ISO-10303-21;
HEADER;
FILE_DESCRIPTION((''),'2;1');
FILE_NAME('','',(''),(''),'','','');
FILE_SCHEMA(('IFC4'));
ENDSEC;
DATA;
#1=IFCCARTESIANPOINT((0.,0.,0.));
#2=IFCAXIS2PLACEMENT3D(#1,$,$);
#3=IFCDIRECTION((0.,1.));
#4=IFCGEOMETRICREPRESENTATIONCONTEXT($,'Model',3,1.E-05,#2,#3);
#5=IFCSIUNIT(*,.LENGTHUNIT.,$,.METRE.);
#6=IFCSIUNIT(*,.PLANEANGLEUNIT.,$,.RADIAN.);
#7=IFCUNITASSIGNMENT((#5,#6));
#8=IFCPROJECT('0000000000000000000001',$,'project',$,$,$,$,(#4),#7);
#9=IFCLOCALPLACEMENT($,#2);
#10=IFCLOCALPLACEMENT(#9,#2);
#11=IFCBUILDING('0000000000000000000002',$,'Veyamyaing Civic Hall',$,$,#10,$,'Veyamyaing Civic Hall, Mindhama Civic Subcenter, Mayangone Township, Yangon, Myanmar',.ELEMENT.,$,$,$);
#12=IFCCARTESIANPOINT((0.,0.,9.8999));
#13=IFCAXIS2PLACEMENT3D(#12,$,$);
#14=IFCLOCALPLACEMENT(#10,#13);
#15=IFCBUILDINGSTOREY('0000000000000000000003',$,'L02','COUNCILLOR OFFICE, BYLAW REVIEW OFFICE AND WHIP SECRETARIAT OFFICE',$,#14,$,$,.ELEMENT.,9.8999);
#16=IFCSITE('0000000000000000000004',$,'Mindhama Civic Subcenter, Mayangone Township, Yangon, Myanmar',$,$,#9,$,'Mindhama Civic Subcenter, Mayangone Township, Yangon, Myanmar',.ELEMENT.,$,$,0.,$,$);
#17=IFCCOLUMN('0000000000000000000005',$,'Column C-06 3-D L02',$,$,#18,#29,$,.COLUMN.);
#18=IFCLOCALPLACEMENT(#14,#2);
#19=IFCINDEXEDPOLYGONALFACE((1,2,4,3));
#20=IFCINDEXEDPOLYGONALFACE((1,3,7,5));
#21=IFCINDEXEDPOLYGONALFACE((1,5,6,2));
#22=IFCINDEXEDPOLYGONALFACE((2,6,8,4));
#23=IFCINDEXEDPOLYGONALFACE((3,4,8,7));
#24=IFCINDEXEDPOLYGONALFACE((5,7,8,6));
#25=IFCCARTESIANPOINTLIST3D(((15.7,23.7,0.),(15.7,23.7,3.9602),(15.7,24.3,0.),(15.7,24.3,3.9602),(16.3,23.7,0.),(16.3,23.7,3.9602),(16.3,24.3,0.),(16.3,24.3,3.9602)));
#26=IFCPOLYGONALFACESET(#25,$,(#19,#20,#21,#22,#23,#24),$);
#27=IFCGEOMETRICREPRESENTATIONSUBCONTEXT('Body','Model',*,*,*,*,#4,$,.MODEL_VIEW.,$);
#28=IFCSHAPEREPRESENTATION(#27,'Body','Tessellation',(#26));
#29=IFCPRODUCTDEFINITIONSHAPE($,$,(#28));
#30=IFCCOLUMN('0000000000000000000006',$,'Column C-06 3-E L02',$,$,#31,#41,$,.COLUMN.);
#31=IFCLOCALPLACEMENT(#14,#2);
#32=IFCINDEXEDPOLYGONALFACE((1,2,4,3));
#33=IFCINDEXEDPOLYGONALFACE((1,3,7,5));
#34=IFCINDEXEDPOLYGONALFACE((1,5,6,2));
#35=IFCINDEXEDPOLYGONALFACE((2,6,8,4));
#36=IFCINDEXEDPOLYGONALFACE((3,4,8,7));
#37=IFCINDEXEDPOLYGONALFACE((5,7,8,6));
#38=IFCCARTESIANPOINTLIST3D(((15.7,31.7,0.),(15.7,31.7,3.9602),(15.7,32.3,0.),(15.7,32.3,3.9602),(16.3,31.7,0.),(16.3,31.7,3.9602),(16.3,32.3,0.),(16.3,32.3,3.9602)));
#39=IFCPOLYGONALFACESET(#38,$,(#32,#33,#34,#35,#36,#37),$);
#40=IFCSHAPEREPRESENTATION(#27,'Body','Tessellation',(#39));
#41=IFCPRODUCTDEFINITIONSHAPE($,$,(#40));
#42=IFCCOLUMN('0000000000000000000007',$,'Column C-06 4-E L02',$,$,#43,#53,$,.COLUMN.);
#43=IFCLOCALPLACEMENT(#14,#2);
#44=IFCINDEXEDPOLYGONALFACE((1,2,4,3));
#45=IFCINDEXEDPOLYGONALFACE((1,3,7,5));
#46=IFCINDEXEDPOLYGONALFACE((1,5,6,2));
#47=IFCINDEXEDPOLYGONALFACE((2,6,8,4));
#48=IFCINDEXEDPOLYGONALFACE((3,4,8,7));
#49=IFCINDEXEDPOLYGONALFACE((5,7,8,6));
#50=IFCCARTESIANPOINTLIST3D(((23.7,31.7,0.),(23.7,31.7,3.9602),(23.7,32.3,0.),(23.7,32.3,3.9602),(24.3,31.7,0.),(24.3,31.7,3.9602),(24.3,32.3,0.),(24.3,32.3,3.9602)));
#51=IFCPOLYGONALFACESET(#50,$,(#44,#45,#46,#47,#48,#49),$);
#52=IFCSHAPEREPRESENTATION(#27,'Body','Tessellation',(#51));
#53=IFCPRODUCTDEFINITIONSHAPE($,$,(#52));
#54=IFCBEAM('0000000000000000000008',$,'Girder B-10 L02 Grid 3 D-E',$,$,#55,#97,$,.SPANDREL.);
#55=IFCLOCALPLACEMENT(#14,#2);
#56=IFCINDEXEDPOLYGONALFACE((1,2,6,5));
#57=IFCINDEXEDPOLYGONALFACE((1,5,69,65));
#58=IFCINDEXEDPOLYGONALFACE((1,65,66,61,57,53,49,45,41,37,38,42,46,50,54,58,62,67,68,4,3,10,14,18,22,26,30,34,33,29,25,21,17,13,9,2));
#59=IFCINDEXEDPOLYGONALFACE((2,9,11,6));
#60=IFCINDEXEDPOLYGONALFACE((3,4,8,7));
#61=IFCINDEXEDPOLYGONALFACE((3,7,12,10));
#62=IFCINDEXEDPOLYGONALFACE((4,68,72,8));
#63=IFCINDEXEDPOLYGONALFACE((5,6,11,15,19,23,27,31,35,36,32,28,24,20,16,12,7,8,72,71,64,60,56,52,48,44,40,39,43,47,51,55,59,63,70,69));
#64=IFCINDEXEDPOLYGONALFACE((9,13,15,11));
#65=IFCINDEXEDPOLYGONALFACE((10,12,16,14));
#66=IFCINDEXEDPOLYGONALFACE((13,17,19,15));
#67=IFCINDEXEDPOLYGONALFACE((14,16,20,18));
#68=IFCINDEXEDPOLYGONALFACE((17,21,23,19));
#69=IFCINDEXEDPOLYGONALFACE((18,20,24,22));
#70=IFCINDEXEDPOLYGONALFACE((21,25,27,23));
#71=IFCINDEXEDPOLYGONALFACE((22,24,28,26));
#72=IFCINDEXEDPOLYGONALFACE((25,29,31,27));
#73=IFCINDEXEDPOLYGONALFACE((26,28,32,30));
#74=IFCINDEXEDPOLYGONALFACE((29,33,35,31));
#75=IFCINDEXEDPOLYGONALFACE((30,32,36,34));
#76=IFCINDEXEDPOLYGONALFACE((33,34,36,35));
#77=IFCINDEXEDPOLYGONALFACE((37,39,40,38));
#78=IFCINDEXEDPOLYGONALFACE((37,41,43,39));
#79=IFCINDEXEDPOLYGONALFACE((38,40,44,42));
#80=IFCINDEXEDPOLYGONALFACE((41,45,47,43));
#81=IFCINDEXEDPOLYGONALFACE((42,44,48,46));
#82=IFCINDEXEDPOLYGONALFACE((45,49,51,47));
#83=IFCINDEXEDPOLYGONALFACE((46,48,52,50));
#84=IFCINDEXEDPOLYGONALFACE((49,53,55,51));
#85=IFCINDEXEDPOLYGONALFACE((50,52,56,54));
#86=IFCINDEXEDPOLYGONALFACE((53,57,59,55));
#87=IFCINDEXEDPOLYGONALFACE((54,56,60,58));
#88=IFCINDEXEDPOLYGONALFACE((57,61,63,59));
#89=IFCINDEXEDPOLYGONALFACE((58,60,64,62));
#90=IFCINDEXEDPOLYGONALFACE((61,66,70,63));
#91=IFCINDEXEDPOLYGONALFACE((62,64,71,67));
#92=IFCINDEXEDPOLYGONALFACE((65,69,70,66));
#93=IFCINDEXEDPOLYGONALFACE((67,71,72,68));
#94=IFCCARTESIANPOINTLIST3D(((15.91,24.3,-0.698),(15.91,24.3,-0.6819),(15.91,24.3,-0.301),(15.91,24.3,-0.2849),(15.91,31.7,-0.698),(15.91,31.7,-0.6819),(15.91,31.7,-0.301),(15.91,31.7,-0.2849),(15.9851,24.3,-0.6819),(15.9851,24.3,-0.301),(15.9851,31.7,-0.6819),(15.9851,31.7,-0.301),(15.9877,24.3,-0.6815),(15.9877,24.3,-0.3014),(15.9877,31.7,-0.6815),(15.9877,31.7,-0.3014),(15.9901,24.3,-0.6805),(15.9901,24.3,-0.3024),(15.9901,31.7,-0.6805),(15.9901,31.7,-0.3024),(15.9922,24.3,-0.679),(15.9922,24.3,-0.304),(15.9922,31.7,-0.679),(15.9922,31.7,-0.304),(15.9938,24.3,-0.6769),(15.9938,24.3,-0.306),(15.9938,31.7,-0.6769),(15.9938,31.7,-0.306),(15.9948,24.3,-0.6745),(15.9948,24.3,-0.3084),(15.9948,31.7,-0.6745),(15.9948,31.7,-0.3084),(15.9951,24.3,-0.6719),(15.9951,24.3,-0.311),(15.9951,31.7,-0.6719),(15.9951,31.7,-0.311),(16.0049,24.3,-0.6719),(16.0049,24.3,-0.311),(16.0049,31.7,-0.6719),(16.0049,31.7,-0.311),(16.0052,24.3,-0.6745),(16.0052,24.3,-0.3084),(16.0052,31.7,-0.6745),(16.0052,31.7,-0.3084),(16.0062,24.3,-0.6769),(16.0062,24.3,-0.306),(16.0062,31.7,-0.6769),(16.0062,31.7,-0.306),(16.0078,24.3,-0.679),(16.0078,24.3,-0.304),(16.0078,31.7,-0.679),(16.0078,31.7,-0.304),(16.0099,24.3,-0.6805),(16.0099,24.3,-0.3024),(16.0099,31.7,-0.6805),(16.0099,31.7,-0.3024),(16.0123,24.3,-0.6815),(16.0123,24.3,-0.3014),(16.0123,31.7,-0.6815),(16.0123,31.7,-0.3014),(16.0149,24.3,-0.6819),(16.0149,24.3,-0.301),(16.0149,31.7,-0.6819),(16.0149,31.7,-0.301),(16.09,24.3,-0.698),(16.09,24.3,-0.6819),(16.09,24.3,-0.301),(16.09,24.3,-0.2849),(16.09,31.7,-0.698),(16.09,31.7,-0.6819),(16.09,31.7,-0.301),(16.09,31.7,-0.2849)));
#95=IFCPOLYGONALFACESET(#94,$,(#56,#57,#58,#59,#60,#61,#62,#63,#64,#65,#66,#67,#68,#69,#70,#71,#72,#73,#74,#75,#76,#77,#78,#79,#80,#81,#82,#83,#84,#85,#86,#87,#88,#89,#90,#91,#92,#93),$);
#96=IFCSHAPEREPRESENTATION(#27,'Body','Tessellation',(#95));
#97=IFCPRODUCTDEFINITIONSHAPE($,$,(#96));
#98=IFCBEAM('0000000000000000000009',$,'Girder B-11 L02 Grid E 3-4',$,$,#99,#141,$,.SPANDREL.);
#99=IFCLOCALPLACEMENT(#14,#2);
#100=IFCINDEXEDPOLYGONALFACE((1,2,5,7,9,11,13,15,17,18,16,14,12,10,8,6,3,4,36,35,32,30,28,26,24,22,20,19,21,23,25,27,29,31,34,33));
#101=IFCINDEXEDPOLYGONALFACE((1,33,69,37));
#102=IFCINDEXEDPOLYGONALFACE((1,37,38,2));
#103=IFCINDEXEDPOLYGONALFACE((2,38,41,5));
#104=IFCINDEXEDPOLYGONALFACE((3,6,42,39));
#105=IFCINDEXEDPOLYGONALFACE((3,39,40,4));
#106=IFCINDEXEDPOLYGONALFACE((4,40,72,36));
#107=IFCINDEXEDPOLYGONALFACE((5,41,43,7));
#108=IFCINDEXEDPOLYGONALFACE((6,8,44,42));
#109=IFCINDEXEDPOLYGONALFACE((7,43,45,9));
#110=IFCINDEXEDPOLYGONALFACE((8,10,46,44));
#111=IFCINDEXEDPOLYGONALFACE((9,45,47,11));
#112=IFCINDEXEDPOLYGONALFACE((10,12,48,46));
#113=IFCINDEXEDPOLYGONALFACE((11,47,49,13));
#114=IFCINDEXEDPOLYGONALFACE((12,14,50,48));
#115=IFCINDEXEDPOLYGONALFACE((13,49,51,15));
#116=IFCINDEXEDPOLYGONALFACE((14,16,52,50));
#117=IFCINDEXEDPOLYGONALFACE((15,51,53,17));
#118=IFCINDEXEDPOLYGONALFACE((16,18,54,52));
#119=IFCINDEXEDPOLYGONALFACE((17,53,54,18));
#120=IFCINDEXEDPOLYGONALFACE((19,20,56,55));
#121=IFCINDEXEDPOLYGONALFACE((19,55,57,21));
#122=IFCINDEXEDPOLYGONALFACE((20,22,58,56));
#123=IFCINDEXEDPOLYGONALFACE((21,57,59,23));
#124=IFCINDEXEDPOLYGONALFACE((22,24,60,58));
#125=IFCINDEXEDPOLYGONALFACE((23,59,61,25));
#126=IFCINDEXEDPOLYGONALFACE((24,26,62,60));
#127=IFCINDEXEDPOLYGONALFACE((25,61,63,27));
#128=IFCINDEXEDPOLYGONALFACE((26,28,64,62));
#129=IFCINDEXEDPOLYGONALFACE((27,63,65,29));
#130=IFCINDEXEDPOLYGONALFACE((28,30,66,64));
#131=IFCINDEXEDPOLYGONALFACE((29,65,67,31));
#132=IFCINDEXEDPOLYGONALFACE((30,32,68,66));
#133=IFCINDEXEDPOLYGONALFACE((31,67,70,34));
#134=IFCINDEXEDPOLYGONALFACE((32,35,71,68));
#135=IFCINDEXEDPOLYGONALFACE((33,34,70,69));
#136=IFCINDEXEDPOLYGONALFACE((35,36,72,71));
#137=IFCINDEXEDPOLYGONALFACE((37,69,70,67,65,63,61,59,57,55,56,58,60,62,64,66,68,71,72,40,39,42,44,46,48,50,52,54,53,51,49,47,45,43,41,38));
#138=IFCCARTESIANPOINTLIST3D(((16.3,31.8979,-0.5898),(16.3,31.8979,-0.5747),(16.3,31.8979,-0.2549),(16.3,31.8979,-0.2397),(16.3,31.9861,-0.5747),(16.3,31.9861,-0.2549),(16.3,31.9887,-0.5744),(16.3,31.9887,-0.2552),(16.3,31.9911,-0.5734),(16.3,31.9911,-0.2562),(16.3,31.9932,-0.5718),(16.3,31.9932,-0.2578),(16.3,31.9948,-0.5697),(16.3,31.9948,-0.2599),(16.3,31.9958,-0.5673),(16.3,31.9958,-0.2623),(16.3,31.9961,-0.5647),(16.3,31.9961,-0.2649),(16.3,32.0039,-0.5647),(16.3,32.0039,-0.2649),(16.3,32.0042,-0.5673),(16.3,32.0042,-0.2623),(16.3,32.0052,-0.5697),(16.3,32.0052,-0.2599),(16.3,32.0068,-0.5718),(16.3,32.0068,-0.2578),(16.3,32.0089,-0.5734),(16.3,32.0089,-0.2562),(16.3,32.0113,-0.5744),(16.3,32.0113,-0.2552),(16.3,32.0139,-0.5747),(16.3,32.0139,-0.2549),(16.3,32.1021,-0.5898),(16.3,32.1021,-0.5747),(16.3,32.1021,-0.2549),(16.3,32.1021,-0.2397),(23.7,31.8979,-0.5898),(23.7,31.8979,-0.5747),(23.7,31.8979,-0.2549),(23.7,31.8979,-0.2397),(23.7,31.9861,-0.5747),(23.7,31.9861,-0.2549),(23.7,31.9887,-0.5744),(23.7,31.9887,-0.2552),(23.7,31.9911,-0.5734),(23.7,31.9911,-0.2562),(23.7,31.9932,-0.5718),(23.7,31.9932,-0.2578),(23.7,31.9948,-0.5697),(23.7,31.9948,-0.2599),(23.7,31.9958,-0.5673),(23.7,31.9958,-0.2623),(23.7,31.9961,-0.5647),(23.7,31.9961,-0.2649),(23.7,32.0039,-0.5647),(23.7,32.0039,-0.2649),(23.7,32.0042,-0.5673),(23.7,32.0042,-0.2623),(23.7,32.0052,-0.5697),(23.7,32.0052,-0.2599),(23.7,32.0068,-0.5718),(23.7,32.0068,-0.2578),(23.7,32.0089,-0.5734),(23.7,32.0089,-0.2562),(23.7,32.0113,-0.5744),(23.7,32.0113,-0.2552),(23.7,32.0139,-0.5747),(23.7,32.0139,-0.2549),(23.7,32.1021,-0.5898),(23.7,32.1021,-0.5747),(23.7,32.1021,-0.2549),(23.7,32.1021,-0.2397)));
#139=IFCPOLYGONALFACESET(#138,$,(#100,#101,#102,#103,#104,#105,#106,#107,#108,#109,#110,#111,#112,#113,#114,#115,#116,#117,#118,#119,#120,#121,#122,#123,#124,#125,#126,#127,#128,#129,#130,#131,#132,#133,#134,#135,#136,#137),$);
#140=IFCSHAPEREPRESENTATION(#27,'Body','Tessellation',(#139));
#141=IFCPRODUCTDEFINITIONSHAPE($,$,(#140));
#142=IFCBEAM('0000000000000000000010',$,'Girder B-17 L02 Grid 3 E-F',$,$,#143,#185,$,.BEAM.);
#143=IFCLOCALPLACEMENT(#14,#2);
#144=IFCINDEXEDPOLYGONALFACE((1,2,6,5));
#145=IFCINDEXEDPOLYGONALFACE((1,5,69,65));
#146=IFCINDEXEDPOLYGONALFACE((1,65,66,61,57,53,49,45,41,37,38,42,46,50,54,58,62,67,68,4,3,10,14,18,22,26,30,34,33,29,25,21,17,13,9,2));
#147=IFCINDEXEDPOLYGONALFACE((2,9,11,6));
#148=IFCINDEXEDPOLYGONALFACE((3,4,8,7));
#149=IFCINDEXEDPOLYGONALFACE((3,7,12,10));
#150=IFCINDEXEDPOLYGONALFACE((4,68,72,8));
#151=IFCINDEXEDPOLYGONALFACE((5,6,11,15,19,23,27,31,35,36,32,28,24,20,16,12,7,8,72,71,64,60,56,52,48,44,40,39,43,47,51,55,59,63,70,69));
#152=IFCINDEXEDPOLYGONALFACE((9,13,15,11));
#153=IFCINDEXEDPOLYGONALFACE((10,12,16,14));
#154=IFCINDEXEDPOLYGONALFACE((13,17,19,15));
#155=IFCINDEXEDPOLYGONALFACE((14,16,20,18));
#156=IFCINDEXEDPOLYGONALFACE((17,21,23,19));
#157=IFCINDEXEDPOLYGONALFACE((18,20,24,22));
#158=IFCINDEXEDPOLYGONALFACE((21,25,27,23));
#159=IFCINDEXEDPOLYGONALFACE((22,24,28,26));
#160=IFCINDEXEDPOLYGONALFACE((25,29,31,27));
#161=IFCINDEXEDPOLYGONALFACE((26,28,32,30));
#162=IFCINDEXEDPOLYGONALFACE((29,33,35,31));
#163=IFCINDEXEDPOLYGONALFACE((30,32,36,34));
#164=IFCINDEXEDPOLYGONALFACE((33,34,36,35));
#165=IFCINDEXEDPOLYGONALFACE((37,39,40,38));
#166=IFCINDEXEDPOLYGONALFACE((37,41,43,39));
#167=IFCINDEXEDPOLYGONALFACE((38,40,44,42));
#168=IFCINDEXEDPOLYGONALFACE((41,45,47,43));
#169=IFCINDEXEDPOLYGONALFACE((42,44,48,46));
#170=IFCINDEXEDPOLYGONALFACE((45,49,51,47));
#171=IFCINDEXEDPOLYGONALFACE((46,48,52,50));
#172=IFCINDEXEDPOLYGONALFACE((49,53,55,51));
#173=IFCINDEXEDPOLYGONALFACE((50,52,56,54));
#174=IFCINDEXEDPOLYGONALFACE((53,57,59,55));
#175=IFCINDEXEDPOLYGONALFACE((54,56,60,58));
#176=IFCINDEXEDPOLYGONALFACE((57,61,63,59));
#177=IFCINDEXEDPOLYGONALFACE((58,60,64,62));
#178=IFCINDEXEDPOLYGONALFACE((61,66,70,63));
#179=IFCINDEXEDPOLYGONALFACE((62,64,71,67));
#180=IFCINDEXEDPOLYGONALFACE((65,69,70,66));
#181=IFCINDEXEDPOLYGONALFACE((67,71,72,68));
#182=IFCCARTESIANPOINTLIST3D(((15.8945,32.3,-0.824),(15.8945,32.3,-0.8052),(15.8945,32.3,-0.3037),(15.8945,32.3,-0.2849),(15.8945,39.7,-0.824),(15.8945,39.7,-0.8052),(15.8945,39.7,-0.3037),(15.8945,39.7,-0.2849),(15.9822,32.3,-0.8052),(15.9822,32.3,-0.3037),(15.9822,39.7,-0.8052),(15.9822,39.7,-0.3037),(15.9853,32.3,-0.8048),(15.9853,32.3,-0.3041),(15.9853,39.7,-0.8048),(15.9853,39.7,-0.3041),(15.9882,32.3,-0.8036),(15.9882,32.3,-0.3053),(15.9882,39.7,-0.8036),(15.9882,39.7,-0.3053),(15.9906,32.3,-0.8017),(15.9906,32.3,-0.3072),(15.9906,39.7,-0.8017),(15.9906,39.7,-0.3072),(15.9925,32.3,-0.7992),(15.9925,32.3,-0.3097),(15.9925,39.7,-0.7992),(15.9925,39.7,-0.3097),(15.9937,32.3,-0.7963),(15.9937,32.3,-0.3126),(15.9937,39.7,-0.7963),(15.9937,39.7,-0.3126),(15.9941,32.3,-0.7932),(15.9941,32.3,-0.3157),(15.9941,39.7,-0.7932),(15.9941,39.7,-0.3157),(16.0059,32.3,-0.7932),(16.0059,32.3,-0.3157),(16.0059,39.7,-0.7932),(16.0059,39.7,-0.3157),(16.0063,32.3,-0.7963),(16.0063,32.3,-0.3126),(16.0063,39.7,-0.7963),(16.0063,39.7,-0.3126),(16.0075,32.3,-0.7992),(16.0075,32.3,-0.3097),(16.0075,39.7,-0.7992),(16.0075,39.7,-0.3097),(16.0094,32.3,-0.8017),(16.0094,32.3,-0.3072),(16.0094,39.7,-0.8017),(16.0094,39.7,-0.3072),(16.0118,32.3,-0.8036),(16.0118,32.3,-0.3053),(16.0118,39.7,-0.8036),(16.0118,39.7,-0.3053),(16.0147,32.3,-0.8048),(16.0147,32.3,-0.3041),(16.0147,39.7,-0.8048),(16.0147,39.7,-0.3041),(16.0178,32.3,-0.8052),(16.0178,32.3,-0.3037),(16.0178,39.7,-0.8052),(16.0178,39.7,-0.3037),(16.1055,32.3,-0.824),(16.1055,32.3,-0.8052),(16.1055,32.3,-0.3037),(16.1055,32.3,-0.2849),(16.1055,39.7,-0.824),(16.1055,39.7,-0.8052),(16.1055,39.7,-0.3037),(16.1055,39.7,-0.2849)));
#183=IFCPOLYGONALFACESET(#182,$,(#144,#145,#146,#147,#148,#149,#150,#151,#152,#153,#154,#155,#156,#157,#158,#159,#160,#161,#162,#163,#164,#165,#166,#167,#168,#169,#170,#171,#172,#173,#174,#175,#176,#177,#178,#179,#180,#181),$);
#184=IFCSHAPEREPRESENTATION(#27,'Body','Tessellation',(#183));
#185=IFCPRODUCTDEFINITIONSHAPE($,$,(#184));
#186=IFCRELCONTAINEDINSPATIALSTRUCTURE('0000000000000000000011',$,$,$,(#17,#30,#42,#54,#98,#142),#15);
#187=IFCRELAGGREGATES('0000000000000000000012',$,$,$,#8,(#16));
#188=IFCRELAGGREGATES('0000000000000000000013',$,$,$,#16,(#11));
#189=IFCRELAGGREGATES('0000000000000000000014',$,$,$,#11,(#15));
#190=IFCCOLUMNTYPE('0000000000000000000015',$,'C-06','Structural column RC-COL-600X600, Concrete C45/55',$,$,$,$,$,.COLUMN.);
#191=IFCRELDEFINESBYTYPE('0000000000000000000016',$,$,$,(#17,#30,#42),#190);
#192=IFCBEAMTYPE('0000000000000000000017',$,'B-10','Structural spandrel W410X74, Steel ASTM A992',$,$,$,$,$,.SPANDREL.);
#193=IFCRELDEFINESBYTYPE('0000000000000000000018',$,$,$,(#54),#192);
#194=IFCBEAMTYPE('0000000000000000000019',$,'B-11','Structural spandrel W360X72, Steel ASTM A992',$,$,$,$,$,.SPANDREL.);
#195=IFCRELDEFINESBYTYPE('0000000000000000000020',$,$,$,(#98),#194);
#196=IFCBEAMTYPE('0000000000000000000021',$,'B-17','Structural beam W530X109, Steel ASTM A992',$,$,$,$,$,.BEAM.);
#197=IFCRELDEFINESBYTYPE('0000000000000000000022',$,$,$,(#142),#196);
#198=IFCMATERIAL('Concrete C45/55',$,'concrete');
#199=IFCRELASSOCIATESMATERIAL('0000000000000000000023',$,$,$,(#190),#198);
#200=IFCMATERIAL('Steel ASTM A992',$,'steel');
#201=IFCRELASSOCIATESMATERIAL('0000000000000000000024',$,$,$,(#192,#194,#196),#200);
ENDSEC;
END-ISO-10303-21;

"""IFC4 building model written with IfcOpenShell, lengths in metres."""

from ifc_helpers import new_model, si_unit, direction, frame, origin, origin_2d, place, context, subcontext, project, spatial, rectangle, i_section, extrude, material, material_profile, profile_set, type_object, element, save


model = new_model("IFC4")

# Units and contexts
model_context = context("Model", 3, precision=1e-05, world=origin(), true_north=direction((0.0, 1.0)))
body_context = subcontext(model_context, "Body", "Model", "MODEL_VIEW")
ifc_project = project(units=[si_unit("LENGTHUNIT", "METRE"), si_unit("PLANEANGLEUNIT", "RADIAN")], contexts=[model_context])

# Site, building, storey
site_placement = place(None, origin())
site = spatial("IfcSite", under=ifc_project, at=site_placement, Name="Mindhama Civic Subcenter, Mayangone Township, Yangon, Myanmar", LongName="Mindhama Civic Subcenter, Mayangone Township, Yangon, Myanmar", CompositionType="ELEMENT", RefElevation=0.0)
building_placement = place(site_placement, origin())
building = spatial("IfcBuilding", under=site, at=building_placement, Name="Veyamyaing Civic Hall", LongName="Veyamyaing Civic Hall, Mindhama Civic Subcenter, Mayangone Township, Yangon, Myanmar", CompositionType="ELEMENT")
storey_placement = place(building_placement, frame((0.0, 0.0, 9.8999)))
storey = spatial("IfcBuildingStorey", under=building, at=storey_placement, Name="L02", Description="COUNCILLOR OFFICE, BYLAW REVIEW OFFICE AND WHIP SECRETARIAT OFFICE", CompositionType="ELEMENT", Elevation=9.8999)

# Columns
ifc_material_1 = material(Name="Concrete C45/55", Category="concrete")
ifc_material_profile_1 = material_profile(ifc_material_1, rectangle(XDim=0.6001, YDim=0.6001, at=origin_2d()), Name="RC-COL-600X600")
ifc_profile_set_1 = profile_set([ifc_material_profile_1], Name="Concrete C45/55")
column_type = type_object("IfcColumnType", Name="C-06", Description="Structural column RC-COL-600X600, Concrete C45/55", PredefinedType="COLUMN", material=ifc_profile_set_1)
for number, where, z_axis, x_axis, name in (
    (1, (16.0, 24.0, 0.0), (0.0, 0.0, 1.0), (1.0, 0.0, 0.0), "Column C-06 3-D L02"),
    (2, (16.0, 32.0, 0.0), (0.0, 0.0, 1.0), (1.0, 0.0, 0.0), "Column C-06 3-E L02"),
    (3, (24.0, 32.0, 0.0), (0.0, 0.0, 1.0), (1.0, 0.0, 0.0), "Column C-06 4-E L02"),
):
    element("IfcColumn", number, at=place(storey_placement, frame(where, z_axis=z_axis, x_axis=x_axis)), inside=storey, type_object=column_type, Name=name, PredefinedType="COLUMN", context=body_context, shape_type="SweptSolid", body=[
        extrude(rectangle(XDim=0.6001, YDim=0.6001, at=origin_2d()), origin(), (0.0, 0.0, 1.0), 3.9602),
    ])

# Beams
ifc_material_2 = material(Name="Steel ASTM A992", Category="steel")
ifc_material_profile_2 = material_profile(ifc_material_2, i_section(OverallWidth=0.1799, OverallDepth=0.4131, WebThickness=0.0098, FlangeThickness=0.0161, FilletRadius=0.01, at=origin_2d()), Name="W410X74")
ifc_profile_set_2 = profile_set([ifc_material_profile_2], Name="Steel ASTM A992")
beam_type_1 = type_object("IfcBeamType", Name="B-10", Description="Structural spandrel W410X74, Steel ASTM A992", PredefinedType="SPANDREL", material=ifc_profile_set_2)
beam_1_placement = place(storey_placement, frame((16.0, 24.3, -0.4915), z_axis=(0.0, 1.0, 0.0), x_axis=(-1.0, 0.0, 0.0)))
element("IfcBeam", 4, at=beam_1_placement, inside=storey, type_object=beam_type_1, Name="Girder B-10 L02 Grid 3 D-E", PredefinedType="SPANDREL", context=body_context, shape_type="SweptSolid", body=[
    extrude(i_section(OverallWidth=0.1799, OverallDepth=0.4131, WebThickness=0.0098, FlangeThickness=0.0161, FilletRadius=0.01, at=origin_2d()), origin(), (0.0, 0.0, 1.0), 7.3999),
])
ifc_material_profile_3 = material_profile(ifc_material_2, i_section(OverallWidth=0.2041, OverallDepth=0.3501, WebThickness=0.0078, FlangeThickness=0.0151, FilletRadius=0.01, at=origin_2d()), Name="W360X72")
ifc_profile_set_3 = profile_set([ifc_material_profile_3], Name="Steel ASTM A992")
beam_type_2 = type_object("IfcBeamType", Name="B-11", Description="Structural spandrel W360X72, Steel ASTM A992", PredefinedType="SPANDREL", material=ifc_profile_set_3)
beam_2_placement = place(storey_placement, frame((16.3, 32.0, -0.4148), z_axis=(1.0, 0.0, 0.0), x_axis=(0.0, 1.0, 0.0)))
element("IfcBeam", 5, at=beam_2_placement, inside=storey, type_object=beam_type_2, Name="Girder B-11 L02 Grid E 3-4", PredefinedType="SPANDREL", context=body_context, shape_type="SweptSolid", body=[
    extrude(i_section(OverallWidth=0.2041, OverallDepth=0.3501, WebThickness=0.0078, FlangeThickness=0.0151, FilletRadius=0.01, at=origin_2d()), origin(), (0.0, 0.0, 1.0), 7.3999),
])
ifc_material_profile_4 = material_profile(ifc_material_2, i_section(OverallWidth=0.2109, OverallDepth=0.5391, WebThickness=0.0117, FlangeThickness=0.0188, FilletRadius=0.012, at=origin_2d()), Name="W530X109")
ifc_profile_set_4 = profile_set([ifc_material_profile_4], Name="Steel ASTM A992")
beam_type_3 = type_object("IfcBeamType", Name="B-17", Description="Structural beam W530X109, Steel ASTM A992", PredefinedType="BEAM", material=ifc_profile_set_4)
beam_3_placement = place(storey_placement, frame((16.0, 32.3, -0.5544), z_axis=(0.0, 1.0, 0.0), x_axis=(-1.0, 0.0, 0.0)))
element("IfcBeam", 6, at=beam_3_placement, inside=storey, type_object=beam_type_3, Name="Girder B-17 L02 Grid 3 E-F", PredefinedType="BEAM", context=body_context, shape_type="SweptSolid", body=[
    extrude(i_section(OverallWidth=0.2109, OverallDepth=0.5391, WebThickness=0.0117, FlangeThickness=0.0188, FilletRadius=0.012, at=origin_2d()), origin(), (0.0, 0.0, 1.0), 7.3999),
])

save(model, "model.ifc")
